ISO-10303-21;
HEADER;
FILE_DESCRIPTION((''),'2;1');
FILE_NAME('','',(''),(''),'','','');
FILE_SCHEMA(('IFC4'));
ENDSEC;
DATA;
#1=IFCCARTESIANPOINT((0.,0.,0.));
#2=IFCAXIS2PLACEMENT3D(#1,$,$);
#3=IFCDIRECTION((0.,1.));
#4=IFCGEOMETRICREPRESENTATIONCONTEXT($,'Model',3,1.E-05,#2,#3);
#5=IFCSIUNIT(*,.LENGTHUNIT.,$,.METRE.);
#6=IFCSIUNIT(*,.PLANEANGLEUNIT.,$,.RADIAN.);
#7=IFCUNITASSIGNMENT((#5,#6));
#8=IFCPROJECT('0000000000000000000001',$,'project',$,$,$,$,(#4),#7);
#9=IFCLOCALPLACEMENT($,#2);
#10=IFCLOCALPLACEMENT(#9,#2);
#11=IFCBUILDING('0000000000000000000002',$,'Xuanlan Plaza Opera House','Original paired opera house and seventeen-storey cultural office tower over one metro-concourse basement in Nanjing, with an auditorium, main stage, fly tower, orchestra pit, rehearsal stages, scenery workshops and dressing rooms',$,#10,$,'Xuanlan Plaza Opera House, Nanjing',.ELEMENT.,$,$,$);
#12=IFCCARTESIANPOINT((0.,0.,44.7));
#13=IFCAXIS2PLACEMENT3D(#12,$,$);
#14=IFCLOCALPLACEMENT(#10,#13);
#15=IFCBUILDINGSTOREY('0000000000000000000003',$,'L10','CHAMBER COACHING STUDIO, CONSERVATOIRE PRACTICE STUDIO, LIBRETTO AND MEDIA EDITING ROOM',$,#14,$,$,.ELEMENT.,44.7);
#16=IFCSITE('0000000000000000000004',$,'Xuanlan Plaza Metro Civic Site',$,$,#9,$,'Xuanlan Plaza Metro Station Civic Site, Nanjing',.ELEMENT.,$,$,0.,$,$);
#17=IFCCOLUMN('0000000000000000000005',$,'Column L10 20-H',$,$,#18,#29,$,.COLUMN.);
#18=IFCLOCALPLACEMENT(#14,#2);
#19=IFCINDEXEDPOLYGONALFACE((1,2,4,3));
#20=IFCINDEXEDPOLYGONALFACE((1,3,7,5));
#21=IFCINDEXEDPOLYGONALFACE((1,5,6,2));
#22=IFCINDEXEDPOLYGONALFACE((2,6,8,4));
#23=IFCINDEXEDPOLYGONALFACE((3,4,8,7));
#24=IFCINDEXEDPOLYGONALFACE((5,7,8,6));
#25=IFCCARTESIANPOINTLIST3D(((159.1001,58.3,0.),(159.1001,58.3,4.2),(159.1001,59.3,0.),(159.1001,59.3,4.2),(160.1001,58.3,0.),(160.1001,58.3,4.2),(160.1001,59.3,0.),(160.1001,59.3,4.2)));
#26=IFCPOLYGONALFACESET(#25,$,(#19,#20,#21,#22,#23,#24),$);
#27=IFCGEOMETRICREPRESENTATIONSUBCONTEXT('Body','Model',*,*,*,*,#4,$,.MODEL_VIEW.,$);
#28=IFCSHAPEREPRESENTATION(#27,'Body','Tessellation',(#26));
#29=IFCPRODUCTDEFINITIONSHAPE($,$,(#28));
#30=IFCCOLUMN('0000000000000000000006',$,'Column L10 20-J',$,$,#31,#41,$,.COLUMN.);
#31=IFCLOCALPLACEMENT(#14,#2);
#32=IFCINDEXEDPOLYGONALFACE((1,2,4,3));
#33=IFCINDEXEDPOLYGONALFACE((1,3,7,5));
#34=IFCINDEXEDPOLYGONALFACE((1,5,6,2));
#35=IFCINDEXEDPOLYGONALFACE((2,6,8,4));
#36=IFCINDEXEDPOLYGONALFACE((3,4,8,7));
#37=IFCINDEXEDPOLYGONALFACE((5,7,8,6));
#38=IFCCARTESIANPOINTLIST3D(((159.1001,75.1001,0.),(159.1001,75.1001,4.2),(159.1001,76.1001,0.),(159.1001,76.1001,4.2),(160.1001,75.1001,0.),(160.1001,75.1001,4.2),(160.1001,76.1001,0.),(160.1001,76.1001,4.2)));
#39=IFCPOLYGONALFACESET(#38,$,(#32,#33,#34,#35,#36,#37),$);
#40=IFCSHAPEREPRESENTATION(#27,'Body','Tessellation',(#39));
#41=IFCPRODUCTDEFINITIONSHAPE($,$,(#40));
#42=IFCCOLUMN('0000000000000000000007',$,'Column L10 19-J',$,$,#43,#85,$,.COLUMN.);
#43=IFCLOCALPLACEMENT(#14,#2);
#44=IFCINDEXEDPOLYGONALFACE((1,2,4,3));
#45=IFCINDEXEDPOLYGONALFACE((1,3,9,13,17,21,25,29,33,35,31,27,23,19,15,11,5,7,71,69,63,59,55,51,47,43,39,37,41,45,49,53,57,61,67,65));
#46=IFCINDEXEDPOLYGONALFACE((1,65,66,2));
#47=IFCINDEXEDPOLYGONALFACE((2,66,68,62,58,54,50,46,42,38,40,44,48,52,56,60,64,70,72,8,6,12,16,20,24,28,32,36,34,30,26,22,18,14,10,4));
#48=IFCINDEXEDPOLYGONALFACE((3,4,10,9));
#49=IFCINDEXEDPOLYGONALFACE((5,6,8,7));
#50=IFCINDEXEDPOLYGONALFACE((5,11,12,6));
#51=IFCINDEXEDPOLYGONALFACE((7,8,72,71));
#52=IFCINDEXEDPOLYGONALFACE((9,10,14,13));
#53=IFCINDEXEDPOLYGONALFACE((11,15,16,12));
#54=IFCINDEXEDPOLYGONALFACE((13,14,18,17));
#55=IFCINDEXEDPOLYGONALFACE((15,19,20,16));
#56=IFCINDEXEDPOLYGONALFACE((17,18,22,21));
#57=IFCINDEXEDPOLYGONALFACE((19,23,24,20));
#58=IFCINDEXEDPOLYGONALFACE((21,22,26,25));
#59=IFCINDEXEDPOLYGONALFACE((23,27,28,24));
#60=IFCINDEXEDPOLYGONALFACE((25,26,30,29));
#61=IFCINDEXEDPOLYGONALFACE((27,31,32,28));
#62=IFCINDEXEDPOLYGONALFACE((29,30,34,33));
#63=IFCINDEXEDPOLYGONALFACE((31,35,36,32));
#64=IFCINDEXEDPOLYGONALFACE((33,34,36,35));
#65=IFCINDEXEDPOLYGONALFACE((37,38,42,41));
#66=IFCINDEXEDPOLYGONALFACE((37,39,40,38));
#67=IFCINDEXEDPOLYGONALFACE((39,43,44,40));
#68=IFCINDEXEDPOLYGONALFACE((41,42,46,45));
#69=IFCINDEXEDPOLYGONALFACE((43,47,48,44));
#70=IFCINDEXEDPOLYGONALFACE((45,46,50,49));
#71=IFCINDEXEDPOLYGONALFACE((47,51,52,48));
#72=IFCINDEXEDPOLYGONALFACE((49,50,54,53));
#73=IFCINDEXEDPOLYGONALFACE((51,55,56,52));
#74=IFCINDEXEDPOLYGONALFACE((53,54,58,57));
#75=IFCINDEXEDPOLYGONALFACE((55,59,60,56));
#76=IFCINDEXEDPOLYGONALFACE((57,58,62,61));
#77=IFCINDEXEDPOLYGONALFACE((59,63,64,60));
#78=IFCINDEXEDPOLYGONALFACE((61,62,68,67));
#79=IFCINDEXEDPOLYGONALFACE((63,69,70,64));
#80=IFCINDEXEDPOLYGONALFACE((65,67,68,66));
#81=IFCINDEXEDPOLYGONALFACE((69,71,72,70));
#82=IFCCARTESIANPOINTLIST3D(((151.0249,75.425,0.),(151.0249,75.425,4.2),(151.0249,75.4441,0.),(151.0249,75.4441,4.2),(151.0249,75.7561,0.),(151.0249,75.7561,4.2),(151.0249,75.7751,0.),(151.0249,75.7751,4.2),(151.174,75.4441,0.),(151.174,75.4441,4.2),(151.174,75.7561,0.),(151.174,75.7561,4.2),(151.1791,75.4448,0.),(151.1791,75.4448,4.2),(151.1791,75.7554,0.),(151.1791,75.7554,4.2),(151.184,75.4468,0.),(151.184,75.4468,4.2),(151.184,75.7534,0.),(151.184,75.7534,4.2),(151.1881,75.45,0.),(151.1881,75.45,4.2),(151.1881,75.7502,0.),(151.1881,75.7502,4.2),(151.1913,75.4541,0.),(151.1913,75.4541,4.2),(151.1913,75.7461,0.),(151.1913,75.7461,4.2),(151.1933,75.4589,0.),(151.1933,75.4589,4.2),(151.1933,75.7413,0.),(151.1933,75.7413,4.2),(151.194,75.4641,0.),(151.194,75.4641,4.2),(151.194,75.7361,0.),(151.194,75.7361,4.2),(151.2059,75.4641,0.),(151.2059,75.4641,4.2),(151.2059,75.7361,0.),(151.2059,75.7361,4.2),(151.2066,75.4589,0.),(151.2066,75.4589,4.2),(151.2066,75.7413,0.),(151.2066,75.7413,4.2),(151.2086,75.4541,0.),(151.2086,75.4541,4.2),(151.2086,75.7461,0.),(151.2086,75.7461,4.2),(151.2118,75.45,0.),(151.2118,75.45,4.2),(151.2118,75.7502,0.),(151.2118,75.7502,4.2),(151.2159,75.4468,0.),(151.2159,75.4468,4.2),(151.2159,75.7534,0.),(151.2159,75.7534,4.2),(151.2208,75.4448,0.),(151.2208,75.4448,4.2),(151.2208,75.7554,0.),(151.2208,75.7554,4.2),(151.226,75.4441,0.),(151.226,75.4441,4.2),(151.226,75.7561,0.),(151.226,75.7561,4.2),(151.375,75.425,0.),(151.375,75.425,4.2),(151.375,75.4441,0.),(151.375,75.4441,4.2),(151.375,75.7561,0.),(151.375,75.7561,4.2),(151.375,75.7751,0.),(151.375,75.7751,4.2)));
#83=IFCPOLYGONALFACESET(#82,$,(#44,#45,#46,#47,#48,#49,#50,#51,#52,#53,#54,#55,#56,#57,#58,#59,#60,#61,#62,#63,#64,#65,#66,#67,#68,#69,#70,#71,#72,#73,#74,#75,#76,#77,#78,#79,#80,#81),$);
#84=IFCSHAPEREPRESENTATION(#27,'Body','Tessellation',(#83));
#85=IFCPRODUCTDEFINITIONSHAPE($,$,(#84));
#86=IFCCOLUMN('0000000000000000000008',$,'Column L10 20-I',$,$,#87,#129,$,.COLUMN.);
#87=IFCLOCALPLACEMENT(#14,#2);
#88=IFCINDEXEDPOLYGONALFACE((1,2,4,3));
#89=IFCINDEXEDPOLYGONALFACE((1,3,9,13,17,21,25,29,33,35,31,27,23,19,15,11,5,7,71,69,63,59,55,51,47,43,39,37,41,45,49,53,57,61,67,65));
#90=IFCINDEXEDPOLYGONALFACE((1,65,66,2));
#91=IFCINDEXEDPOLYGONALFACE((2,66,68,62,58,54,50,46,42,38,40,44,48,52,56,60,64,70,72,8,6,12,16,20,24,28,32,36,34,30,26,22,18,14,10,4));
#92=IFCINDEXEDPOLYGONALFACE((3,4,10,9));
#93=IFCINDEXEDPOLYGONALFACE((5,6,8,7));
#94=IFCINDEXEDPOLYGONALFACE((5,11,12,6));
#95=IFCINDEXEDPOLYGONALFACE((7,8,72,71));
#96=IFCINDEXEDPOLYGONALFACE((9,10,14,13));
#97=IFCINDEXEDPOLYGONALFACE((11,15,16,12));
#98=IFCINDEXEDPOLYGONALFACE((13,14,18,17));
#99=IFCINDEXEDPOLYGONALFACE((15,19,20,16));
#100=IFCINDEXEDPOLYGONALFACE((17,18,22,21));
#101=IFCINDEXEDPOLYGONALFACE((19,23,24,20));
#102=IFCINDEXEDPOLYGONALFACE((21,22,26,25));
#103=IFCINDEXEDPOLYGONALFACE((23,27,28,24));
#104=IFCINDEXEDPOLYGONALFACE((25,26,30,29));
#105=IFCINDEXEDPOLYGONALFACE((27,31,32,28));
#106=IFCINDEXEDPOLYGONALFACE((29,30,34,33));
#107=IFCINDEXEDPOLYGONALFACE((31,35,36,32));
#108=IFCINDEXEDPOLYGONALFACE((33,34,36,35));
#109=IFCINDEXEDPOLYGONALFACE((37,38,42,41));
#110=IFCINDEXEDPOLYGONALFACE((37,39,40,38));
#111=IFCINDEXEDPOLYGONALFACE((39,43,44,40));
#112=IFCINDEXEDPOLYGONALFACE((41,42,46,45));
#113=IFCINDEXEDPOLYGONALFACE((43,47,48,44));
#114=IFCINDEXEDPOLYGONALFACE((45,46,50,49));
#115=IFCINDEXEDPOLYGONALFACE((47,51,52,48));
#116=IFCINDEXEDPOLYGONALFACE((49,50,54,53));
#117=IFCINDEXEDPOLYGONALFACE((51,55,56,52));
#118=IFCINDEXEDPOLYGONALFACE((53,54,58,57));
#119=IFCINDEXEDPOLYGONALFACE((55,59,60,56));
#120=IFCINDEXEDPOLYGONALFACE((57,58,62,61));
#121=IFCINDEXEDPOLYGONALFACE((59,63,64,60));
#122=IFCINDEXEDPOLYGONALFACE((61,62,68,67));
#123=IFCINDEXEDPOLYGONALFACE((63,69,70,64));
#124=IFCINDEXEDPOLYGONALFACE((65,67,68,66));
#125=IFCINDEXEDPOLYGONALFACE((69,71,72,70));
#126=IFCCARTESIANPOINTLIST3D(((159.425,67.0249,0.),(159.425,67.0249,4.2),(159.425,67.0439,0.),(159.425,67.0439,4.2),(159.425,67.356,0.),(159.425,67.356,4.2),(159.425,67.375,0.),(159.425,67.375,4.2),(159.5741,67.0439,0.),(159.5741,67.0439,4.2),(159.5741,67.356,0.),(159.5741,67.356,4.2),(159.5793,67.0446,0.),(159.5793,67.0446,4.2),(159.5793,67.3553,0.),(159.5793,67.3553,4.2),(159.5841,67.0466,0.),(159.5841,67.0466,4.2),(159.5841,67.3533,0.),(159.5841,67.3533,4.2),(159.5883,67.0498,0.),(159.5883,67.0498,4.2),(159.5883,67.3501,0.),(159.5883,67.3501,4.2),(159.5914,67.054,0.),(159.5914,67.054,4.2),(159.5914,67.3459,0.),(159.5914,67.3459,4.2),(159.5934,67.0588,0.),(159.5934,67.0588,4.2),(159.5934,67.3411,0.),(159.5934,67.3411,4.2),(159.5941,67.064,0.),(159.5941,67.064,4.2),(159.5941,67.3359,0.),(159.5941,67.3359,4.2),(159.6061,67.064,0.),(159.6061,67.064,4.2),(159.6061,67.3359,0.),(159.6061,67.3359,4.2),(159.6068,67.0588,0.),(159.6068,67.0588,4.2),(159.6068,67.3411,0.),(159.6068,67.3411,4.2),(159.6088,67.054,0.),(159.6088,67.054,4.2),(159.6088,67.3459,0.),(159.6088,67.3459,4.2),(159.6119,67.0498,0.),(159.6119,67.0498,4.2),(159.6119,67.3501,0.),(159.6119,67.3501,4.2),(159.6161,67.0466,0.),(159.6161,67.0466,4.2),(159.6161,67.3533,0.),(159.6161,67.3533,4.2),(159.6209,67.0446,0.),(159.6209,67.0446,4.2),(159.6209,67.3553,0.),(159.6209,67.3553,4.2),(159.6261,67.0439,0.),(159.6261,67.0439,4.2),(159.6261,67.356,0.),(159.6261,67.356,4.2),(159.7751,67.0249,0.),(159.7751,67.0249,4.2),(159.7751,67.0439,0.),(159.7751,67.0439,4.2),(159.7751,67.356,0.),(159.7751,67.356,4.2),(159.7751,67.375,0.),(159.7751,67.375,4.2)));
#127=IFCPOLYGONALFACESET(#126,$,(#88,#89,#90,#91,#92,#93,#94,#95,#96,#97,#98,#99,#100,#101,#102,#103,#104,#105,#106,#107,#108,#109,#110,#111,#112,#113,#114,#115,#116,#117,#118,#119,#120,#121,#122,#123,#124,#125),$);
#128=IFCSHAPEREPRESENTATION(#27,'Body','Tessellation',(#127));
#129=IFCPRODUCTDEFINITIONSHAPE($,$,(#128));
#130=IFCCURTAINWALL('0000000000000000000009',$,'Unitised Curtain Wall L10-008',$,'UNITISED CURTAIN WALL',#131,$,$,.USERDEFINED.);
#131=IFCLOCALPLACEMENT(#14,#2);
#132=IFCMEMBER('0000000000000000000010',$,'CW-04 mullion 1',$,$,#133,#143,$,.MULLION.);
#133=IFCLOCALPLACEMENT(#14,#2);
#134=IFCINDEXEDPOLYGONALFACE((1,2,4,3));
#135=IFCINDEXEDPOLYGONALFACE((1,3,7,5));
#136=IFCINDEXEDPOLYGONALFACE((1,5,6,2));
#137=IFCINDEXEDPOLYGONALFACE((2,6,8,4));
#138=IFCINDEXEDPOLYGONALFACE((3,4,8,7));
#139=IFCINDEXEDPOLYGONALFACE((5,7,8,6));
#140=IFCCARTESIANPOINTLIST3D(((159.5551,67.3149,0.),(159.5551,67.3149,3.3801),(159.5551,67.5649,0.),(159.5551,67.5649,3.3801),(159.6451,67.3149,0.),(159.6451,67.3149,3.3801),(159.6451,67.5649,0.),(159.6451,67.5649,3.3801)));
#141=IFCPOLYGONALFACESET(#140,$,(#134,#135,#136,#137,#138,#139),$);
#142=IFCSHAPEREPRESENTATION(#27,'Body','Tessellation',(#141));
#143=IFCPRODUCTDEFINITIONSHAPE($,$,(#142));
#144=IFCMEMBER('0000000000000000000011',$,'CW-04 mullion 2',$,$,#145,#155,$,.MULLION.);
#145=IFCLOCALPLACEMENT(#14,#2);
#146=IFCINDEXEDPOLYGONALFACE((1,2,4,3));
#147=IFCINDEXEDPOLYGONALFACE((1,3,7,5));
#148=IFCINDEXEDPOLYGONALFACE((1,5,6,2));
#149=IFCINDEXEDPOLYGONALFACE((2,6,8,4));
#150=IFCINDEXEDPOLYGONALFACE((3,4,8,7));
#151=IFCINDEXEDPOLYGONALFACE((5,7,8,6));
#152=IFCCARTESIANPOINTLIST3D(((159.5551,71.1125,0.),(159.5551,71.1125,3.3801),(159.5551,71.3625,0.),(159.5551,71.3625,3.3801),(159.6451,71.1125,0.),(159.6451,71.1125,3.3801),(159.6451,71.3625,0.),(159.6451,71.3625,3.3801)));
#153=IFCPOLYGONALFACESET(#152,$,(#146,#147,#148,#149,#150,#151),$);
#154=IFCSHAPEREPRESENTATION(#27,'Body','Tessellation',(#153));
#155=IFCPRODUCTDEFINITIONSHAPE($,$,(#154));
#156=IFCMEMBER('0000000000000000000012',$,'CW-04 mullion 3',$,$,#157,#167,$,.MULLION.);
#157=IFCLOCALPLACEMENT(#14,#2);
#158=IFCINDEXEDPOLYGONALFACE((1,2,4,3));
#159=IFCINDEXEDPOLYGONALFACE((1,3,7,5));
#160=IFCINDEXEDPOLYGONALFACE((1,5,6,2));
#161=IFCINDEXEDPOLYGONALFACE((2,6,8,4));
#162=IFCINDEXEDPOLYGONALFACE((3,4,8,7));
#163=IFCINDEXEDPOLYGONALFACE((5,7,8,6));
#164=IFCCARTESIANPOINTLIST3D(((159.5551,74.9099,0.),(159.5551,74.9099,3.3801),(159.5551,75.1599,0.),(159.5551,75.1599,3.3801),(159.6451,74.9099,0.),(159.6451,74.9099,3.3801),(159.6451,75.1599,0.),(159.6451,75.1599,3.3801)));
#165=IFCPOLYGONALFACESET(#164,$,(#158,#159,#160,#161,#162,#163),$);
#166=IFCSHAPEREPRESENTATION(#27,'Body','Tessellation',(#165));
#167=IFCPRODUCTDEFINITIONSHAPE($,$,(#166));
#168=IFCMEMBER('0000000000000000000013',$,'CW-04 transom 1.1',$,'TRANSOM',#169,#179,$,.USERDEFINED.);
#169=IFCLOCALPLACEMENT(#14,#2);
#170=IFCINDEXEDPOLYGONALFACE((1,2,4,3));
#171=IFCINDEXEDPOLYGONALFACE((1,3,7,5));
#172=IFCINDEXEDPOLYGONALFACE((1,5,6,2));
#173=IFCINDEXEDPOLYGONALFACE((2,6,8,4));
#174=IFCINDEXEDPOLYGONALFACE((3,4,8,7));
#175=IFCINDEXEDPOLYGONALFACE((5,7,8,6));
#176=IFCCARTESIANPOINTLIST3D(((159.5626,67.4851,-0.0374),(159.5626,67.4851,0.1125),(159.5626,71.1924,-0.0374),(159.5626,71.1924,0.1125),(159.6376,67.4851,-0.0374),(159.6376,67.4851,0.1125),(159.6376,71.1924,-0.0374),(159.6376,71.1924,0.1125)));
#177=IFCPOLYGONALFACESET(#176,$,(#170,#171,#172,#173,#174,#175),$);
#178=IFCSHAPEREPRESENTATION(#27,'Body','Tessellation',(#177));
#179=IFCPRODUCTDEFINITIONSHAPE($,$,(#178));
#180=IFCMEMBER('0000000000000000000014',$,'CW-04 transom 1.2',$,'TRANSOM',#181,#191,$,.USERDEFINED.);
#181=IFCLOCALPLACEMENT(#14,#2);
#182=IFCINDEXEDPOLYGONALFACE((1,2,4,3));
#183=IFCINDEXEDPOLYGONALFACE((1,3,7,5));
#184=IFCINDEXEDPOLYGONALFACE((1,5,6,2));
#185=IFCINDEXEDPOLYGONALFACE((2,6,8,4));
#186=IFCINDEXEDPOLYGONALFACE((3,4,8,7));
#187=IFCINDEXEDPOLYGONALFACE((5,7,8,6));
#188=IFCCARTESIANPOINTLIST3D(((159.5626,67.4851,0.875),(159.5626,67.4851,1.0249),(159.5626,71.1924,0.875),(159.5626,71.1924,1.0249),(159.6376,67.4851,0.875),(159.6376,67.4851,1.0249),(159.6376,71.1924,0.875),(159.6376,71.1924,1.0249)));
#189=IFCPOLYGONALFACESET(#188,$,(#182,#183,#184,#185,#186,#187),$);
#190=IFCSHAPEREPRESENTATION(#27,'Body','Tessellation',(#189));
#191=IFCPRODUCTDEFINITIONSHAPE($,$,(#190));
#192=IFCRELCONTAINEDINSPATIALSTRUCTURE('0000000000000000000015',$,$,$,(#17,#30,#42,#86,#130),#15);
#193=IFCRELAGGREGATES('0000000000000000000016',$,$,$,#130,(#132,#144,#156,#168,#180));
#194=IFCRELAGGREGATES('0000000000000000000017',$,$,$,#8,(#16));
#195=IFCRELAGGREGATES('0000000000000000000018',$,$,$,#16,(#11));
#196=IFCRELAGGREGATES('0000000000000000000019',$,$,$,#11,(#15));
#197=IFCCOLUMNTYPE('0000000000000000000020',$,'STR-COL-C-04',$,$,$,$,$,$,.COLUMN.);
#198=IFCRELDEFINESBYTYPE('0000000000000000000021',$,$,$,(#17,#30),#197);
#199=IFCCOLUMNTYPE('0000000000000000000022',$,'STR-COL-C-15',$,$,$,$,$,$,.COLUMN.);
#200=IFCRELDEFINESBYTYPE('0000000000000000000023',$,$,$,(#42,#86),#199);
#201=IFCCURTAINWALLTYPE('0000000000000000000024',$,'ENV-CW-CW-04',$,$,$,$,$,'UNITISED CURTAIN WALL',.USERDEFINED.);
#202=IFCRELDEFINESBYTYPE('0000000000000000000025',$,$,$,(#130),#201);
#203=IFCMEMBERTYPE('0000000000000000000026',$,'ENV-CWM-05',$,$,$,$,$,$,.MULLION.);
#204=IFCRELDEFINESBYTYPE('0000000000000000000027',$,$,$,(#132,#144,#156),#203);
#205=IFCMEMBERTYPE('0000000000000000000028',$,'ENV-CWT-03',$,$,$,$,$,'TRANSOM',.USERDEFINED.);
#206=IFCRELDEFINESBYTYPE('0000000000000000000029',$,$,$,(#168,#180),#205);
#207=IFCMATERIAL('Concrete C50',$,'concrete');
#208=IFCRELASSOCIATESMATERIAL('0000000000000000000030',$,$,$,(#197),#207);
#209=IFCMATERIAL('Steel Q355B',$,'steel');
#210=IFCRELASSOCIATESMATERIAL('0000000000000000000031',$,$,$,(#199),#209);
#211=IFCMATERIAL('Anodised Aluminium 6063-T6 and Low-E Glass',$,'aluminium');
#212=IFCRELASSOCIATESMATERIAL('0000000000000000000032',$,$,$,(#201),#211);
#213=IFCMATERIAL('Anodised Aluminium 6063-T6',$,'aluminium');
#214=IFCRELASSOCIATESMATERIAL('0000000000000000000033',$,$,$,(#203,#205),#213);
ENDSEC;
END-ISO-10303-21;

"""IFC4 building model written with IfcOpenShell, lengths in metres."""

from ifc_helpers import new_model, si_unit, direction, frame, origin, origin_2d, place, context, subcontext, project, spatial, rectangle, i_section, extrude, material, material_profile, profile_set, type_object, element, aggregate, save


model = new_model("IFC4")

# Units and contexts
model_context = context("Model", 3, precision=1e-05, world=origin(), true_north=direction((0.0, 1.0)))
body_context = subcontext(model_context, "Body", "Model", "MODEL_VIEW")
ifc_project = project(units=[si_unit("LENGTHUNIT", "METRE"), si_unit("PLANEANGLEUNIT", "RADIAN")], contexts=[model_context])

# Site, building, storey
site_placement = place(None, origin())
site = spatial("IfcSite", under=ifc_project, at=site_placement, Name="Xuanlan Plaza Metro Civic Site", LongName="Xuanlan Plaza Metro Station Civic Site, Nanjing", CompositionType="ELEMENT", RefElevation=0.0)
building_placement = place(site_placement, origin())
building = spatial("IfcBuilding", under=site, at=building_placement, Name="Xuanlan Plaza Opera House", Description="Original paired opera house and seventeen-storey cultural office tower over one metro-concourse basement in Nanjing, with an auditorium, main stage, fly tower, orchestra pit, rehearsal stages, scenery workshops and dressing rooms", LongName="Xuanlan Plaza Opera House, Nanjing", CompositionType="ELEMENT")
storey_placement = place(building_placement, frame((0.0, 0.0, 44.7)))
storey = spatial("IfcBuildingStorey", under=building, at=storey_placement, Name="L10", Description="CHAMBER COACHING STUDIO, CONSERVATOIRE PRACTICE STUDIO, LIBRETTO AND MEDIA EDITING ROOM", CompositionType="ELEMENT", Elevation=44.7)

# Columns
ifc_material_1 = material(Name="Concrete C50", Category="concrete")
ifc_material_profile_1 = material_profile(ifc_material_1, rectangle(XDim=1.0, YDim=1.0, at=origin_2d()), Name="RC-COL 1000x1000")
ifc_profile_set_1 = profile_set([ifc_material_profile_1], Name="Concrete C50")
column_type_1 = type_object("IfcColumnType", Name="STR-COL-C-04", PredefinedType="COLUMN", material=ifc_profile_set_1)
for number, where, z_axis, x_axis, name in (
    (1, (159.6001, 58.8, 0.0), (0.0, 0.0, 1.0), (1.0, 0.0, 0.0), "Column L10 20-H"),
    (2, (159.6001, 75.6001, 0.0), (0.0, 0.0, 1.0), (1.0, 0.0, 0.0), "Column L10 20-J"),
):
    element("IfcColumn", number, at=place(storey_placement, frame(where, z_axis=z_axis, x_axis=x_axis)), inside=storey, type_object=column_type_1, Name=name, PredefinedType="COLUMN", context=body_context, shape_type="SweptSolid", body=[
        extrude(rectangle(XDim=1.0, YDim=1.0, at=origin_2d()), origin(), (0.0, 0.0, 1.0), 4.2),
    ])
ifc_material_2 = material(Name="Steel Q355B", Category="steel")
ifc_material_profile_2 = material_profile(ifc_material_2, i_section(OverallWidth=0.3501, OverallDepth=0.3501, WebThickness=0.012, FlangeThickness=0.019, FilletRadius=0.02, at=origin_2d()), Name="HW 350x350x12x19")
ifc_profile_set_2 = profile_set([ifc_material_profile_2], Name="Steel Q355B")
column_type_2 = type_object("IfcColumnType", Name="STR-COL-C-15", PredefinedType="COLUMN", material=ifc_profile_set_2)
for number, where, z_axis, x_axis, name in (
    (3, (151.2, 75.6001, 0.0), (0.0, 0.0, 1.0), (1.0, 0.0, 0.0), "Column L10 19-J"),
    (4, (159.6001, 67.2, 0.0), (0.0, 0.0, 1.0), (1.0, 0.0, 0.0), "Column L10 20-I"),
):
    element("IfcColumn", number, at=place(storey_placement, frame(where, z_axis=z_axis, x_axis=x_axis)), inside=storey, type_object=column_type_2, Name=name, PredefinedType="COLUMN", context=body_context, shape_type="SweptSolid", body=[
        extrude(i_section(OverallWidth=0.3501, OverallDepth=0.3501, WebThickness=0.012, FlangeThickness=0.019, FilletRadius=0.02, at=origin_2d()), origin(), (0.0, 0.0, 1.0), 4.2),
    ])

# Curtain wall, members
ifc_material_3 = material(Name="Anodised Aluminium 6063-T6 and Low-E Glass", Category="aluminium")
curtain_wall_type = type_object("IfcCurtainWallType", Name="ENV-CW-CW-04", ElementType="UNITISED CURTAIN WALL", PredefinedType="USERDEFINED", material=ifc_material_3)
curtain_wall_placement = place(storey_placement, origin())
curtain_wall = element("IfcCurtainWall", 5, at=curtain_wall_placement, inside=storey, type_object=curtain_wall_type, Name="Unitised Curtain Wall L10-008", ObjectType="UNITISED CURTAIN WALL", PredefinedType="USERDEFINED")
ifc_material_4 = material(Name="Anodised Aluminium 6063-T6", Category="aluminium")
ifc_material_profile_3 = material_profile(ifc_material_4, rectangle(XDim=0.0901, YDim=0.25, at=origin_2d()), Name="ALU-M 90x250")
ifc_profile_set_3 = profile_set([ifc_material_profile_3], Name="Anodised Aluminium 6063-T6")
member_type_1 = type_object("IfcMemberType", Name="ENV-CWM-05", PredefinedType="MULLION", material=ifc_profile_set_3)
member_1_placement = place(storey_placement, frame((159.6001, 67.4399, 0.0), z_axis=(0.0, 0.0, 1.0), x_axis=(-1.0, 0.0, 0.0)))
member_1 = element("IfcMember", 6, at=member_1_placement, type_object=member_type_1, Name="CW-04 mullion 1", PredefinedType="MULLION", context=body_context, shape_type="SweptSolid", body=[
    extrude(rectangle(XDim=0.0901, YDim=0.25, at=origin_2d()), origin(), (0.0, 0.0, 1.0), 3.3801),
])
member_2_placement = place(storey_placement, frame((159.6001, 71.2375, 0.0), z_axis=(0.0, 0.0, 1.0), x_axis=(-1.0, 0.0, 0.0)))
member_2 = element("IfcMember", 7, at=member_2_placement, type_object=member_type_1, Name="CW-04 mullion 2", PredefinedType="MULLION", context=body_context, shape_type="SweptSolid", body=[
    extrude(rectangle(XDim=0.0901, YDim=0.25, at=origin_2d()), origin(), (0.0, 0.0, 1.0), 3.3801),
])
member_3_placement = place(storey_placement, frame((159.6001, 75.0349, 0.0), z_axis=(0.0, 0.0, 1.0), x_axis=(-1.0, 0.0, 0.0)))
member_3 = element("IfcMember", 8, at=member_3_placement, type_object=member_type_1, Name="CW-04 mullion 3", PredefinedType="MULLION", context=body_context, shape_type="SweptSolid", body=[
    extrude(rectangle(XDim=0.0901, YDim=0.25, at=origin_2d()), origin(), (0.0, 0.0, 1.0), 3.3801),
])
ifc_material_profile_4 = material_profile(ifc_material_4, rectangle(XDim=0.075, YDim=0.1499, at=origin_2d()), Name="ALU-T 75x150")
ifc_profile_set_4 = profile_set([ifc_material_profile_4], Name="Anodised Aluminium 6063-T6")
member_type_2 = type_object("IfcMemberType", Name="ENV-CWT-03", ElementType="TRANSOM", PredefinedType="USERDEFINED", material=ifc_profile_set_4)
member_4_placement = place(storey_placement, frame((159.6001, 67.4851, 0.0376), z_axis=(0.0, 1.0, 0.0), x_axis=(-1.0, 0.0, 0.0)))
member_4 = element("IfcMember", 9, at=member_4_placement, type_object=member_type_2, Name="CW-04 transom 1.1", ObjectType="TRANSOM", PredefinedType="USERDEFINED", context=body_context, shape_type="SweptSolid", body=[
    extrude(rectangle(XDim=0.075, YDim=0.1499, at=origin_2d()), origin(), (0.0, 0.0, 1.0), 3.7073),
])
member_5_placement = place(storey_placement, frame((159.6001, 67.4851, 0.95), z_axis=(0.0, 1.0, 0.0), x_axis=(-1.0, 0.0, 0.0)))
member_5 = element("IfcMember", 10, at=member_5_placement, type_object=member_type_2, Name="CW-04 transom 1.2", ObjectType="TRANSOM", PredefinedType="USERDEFINED", context=body_context, shape_type="SweptSolid", body=[
    extrude(rectangle(XDim=0.075, YDim=0.1499, at=origin_2d()), origin(), (0.0, 0.0, 1.0), 3.7073),
])

aggregate(curtain_wall, [member_1, member_2, member_3, member_4, member_5])

save(model, "model.ifc")
